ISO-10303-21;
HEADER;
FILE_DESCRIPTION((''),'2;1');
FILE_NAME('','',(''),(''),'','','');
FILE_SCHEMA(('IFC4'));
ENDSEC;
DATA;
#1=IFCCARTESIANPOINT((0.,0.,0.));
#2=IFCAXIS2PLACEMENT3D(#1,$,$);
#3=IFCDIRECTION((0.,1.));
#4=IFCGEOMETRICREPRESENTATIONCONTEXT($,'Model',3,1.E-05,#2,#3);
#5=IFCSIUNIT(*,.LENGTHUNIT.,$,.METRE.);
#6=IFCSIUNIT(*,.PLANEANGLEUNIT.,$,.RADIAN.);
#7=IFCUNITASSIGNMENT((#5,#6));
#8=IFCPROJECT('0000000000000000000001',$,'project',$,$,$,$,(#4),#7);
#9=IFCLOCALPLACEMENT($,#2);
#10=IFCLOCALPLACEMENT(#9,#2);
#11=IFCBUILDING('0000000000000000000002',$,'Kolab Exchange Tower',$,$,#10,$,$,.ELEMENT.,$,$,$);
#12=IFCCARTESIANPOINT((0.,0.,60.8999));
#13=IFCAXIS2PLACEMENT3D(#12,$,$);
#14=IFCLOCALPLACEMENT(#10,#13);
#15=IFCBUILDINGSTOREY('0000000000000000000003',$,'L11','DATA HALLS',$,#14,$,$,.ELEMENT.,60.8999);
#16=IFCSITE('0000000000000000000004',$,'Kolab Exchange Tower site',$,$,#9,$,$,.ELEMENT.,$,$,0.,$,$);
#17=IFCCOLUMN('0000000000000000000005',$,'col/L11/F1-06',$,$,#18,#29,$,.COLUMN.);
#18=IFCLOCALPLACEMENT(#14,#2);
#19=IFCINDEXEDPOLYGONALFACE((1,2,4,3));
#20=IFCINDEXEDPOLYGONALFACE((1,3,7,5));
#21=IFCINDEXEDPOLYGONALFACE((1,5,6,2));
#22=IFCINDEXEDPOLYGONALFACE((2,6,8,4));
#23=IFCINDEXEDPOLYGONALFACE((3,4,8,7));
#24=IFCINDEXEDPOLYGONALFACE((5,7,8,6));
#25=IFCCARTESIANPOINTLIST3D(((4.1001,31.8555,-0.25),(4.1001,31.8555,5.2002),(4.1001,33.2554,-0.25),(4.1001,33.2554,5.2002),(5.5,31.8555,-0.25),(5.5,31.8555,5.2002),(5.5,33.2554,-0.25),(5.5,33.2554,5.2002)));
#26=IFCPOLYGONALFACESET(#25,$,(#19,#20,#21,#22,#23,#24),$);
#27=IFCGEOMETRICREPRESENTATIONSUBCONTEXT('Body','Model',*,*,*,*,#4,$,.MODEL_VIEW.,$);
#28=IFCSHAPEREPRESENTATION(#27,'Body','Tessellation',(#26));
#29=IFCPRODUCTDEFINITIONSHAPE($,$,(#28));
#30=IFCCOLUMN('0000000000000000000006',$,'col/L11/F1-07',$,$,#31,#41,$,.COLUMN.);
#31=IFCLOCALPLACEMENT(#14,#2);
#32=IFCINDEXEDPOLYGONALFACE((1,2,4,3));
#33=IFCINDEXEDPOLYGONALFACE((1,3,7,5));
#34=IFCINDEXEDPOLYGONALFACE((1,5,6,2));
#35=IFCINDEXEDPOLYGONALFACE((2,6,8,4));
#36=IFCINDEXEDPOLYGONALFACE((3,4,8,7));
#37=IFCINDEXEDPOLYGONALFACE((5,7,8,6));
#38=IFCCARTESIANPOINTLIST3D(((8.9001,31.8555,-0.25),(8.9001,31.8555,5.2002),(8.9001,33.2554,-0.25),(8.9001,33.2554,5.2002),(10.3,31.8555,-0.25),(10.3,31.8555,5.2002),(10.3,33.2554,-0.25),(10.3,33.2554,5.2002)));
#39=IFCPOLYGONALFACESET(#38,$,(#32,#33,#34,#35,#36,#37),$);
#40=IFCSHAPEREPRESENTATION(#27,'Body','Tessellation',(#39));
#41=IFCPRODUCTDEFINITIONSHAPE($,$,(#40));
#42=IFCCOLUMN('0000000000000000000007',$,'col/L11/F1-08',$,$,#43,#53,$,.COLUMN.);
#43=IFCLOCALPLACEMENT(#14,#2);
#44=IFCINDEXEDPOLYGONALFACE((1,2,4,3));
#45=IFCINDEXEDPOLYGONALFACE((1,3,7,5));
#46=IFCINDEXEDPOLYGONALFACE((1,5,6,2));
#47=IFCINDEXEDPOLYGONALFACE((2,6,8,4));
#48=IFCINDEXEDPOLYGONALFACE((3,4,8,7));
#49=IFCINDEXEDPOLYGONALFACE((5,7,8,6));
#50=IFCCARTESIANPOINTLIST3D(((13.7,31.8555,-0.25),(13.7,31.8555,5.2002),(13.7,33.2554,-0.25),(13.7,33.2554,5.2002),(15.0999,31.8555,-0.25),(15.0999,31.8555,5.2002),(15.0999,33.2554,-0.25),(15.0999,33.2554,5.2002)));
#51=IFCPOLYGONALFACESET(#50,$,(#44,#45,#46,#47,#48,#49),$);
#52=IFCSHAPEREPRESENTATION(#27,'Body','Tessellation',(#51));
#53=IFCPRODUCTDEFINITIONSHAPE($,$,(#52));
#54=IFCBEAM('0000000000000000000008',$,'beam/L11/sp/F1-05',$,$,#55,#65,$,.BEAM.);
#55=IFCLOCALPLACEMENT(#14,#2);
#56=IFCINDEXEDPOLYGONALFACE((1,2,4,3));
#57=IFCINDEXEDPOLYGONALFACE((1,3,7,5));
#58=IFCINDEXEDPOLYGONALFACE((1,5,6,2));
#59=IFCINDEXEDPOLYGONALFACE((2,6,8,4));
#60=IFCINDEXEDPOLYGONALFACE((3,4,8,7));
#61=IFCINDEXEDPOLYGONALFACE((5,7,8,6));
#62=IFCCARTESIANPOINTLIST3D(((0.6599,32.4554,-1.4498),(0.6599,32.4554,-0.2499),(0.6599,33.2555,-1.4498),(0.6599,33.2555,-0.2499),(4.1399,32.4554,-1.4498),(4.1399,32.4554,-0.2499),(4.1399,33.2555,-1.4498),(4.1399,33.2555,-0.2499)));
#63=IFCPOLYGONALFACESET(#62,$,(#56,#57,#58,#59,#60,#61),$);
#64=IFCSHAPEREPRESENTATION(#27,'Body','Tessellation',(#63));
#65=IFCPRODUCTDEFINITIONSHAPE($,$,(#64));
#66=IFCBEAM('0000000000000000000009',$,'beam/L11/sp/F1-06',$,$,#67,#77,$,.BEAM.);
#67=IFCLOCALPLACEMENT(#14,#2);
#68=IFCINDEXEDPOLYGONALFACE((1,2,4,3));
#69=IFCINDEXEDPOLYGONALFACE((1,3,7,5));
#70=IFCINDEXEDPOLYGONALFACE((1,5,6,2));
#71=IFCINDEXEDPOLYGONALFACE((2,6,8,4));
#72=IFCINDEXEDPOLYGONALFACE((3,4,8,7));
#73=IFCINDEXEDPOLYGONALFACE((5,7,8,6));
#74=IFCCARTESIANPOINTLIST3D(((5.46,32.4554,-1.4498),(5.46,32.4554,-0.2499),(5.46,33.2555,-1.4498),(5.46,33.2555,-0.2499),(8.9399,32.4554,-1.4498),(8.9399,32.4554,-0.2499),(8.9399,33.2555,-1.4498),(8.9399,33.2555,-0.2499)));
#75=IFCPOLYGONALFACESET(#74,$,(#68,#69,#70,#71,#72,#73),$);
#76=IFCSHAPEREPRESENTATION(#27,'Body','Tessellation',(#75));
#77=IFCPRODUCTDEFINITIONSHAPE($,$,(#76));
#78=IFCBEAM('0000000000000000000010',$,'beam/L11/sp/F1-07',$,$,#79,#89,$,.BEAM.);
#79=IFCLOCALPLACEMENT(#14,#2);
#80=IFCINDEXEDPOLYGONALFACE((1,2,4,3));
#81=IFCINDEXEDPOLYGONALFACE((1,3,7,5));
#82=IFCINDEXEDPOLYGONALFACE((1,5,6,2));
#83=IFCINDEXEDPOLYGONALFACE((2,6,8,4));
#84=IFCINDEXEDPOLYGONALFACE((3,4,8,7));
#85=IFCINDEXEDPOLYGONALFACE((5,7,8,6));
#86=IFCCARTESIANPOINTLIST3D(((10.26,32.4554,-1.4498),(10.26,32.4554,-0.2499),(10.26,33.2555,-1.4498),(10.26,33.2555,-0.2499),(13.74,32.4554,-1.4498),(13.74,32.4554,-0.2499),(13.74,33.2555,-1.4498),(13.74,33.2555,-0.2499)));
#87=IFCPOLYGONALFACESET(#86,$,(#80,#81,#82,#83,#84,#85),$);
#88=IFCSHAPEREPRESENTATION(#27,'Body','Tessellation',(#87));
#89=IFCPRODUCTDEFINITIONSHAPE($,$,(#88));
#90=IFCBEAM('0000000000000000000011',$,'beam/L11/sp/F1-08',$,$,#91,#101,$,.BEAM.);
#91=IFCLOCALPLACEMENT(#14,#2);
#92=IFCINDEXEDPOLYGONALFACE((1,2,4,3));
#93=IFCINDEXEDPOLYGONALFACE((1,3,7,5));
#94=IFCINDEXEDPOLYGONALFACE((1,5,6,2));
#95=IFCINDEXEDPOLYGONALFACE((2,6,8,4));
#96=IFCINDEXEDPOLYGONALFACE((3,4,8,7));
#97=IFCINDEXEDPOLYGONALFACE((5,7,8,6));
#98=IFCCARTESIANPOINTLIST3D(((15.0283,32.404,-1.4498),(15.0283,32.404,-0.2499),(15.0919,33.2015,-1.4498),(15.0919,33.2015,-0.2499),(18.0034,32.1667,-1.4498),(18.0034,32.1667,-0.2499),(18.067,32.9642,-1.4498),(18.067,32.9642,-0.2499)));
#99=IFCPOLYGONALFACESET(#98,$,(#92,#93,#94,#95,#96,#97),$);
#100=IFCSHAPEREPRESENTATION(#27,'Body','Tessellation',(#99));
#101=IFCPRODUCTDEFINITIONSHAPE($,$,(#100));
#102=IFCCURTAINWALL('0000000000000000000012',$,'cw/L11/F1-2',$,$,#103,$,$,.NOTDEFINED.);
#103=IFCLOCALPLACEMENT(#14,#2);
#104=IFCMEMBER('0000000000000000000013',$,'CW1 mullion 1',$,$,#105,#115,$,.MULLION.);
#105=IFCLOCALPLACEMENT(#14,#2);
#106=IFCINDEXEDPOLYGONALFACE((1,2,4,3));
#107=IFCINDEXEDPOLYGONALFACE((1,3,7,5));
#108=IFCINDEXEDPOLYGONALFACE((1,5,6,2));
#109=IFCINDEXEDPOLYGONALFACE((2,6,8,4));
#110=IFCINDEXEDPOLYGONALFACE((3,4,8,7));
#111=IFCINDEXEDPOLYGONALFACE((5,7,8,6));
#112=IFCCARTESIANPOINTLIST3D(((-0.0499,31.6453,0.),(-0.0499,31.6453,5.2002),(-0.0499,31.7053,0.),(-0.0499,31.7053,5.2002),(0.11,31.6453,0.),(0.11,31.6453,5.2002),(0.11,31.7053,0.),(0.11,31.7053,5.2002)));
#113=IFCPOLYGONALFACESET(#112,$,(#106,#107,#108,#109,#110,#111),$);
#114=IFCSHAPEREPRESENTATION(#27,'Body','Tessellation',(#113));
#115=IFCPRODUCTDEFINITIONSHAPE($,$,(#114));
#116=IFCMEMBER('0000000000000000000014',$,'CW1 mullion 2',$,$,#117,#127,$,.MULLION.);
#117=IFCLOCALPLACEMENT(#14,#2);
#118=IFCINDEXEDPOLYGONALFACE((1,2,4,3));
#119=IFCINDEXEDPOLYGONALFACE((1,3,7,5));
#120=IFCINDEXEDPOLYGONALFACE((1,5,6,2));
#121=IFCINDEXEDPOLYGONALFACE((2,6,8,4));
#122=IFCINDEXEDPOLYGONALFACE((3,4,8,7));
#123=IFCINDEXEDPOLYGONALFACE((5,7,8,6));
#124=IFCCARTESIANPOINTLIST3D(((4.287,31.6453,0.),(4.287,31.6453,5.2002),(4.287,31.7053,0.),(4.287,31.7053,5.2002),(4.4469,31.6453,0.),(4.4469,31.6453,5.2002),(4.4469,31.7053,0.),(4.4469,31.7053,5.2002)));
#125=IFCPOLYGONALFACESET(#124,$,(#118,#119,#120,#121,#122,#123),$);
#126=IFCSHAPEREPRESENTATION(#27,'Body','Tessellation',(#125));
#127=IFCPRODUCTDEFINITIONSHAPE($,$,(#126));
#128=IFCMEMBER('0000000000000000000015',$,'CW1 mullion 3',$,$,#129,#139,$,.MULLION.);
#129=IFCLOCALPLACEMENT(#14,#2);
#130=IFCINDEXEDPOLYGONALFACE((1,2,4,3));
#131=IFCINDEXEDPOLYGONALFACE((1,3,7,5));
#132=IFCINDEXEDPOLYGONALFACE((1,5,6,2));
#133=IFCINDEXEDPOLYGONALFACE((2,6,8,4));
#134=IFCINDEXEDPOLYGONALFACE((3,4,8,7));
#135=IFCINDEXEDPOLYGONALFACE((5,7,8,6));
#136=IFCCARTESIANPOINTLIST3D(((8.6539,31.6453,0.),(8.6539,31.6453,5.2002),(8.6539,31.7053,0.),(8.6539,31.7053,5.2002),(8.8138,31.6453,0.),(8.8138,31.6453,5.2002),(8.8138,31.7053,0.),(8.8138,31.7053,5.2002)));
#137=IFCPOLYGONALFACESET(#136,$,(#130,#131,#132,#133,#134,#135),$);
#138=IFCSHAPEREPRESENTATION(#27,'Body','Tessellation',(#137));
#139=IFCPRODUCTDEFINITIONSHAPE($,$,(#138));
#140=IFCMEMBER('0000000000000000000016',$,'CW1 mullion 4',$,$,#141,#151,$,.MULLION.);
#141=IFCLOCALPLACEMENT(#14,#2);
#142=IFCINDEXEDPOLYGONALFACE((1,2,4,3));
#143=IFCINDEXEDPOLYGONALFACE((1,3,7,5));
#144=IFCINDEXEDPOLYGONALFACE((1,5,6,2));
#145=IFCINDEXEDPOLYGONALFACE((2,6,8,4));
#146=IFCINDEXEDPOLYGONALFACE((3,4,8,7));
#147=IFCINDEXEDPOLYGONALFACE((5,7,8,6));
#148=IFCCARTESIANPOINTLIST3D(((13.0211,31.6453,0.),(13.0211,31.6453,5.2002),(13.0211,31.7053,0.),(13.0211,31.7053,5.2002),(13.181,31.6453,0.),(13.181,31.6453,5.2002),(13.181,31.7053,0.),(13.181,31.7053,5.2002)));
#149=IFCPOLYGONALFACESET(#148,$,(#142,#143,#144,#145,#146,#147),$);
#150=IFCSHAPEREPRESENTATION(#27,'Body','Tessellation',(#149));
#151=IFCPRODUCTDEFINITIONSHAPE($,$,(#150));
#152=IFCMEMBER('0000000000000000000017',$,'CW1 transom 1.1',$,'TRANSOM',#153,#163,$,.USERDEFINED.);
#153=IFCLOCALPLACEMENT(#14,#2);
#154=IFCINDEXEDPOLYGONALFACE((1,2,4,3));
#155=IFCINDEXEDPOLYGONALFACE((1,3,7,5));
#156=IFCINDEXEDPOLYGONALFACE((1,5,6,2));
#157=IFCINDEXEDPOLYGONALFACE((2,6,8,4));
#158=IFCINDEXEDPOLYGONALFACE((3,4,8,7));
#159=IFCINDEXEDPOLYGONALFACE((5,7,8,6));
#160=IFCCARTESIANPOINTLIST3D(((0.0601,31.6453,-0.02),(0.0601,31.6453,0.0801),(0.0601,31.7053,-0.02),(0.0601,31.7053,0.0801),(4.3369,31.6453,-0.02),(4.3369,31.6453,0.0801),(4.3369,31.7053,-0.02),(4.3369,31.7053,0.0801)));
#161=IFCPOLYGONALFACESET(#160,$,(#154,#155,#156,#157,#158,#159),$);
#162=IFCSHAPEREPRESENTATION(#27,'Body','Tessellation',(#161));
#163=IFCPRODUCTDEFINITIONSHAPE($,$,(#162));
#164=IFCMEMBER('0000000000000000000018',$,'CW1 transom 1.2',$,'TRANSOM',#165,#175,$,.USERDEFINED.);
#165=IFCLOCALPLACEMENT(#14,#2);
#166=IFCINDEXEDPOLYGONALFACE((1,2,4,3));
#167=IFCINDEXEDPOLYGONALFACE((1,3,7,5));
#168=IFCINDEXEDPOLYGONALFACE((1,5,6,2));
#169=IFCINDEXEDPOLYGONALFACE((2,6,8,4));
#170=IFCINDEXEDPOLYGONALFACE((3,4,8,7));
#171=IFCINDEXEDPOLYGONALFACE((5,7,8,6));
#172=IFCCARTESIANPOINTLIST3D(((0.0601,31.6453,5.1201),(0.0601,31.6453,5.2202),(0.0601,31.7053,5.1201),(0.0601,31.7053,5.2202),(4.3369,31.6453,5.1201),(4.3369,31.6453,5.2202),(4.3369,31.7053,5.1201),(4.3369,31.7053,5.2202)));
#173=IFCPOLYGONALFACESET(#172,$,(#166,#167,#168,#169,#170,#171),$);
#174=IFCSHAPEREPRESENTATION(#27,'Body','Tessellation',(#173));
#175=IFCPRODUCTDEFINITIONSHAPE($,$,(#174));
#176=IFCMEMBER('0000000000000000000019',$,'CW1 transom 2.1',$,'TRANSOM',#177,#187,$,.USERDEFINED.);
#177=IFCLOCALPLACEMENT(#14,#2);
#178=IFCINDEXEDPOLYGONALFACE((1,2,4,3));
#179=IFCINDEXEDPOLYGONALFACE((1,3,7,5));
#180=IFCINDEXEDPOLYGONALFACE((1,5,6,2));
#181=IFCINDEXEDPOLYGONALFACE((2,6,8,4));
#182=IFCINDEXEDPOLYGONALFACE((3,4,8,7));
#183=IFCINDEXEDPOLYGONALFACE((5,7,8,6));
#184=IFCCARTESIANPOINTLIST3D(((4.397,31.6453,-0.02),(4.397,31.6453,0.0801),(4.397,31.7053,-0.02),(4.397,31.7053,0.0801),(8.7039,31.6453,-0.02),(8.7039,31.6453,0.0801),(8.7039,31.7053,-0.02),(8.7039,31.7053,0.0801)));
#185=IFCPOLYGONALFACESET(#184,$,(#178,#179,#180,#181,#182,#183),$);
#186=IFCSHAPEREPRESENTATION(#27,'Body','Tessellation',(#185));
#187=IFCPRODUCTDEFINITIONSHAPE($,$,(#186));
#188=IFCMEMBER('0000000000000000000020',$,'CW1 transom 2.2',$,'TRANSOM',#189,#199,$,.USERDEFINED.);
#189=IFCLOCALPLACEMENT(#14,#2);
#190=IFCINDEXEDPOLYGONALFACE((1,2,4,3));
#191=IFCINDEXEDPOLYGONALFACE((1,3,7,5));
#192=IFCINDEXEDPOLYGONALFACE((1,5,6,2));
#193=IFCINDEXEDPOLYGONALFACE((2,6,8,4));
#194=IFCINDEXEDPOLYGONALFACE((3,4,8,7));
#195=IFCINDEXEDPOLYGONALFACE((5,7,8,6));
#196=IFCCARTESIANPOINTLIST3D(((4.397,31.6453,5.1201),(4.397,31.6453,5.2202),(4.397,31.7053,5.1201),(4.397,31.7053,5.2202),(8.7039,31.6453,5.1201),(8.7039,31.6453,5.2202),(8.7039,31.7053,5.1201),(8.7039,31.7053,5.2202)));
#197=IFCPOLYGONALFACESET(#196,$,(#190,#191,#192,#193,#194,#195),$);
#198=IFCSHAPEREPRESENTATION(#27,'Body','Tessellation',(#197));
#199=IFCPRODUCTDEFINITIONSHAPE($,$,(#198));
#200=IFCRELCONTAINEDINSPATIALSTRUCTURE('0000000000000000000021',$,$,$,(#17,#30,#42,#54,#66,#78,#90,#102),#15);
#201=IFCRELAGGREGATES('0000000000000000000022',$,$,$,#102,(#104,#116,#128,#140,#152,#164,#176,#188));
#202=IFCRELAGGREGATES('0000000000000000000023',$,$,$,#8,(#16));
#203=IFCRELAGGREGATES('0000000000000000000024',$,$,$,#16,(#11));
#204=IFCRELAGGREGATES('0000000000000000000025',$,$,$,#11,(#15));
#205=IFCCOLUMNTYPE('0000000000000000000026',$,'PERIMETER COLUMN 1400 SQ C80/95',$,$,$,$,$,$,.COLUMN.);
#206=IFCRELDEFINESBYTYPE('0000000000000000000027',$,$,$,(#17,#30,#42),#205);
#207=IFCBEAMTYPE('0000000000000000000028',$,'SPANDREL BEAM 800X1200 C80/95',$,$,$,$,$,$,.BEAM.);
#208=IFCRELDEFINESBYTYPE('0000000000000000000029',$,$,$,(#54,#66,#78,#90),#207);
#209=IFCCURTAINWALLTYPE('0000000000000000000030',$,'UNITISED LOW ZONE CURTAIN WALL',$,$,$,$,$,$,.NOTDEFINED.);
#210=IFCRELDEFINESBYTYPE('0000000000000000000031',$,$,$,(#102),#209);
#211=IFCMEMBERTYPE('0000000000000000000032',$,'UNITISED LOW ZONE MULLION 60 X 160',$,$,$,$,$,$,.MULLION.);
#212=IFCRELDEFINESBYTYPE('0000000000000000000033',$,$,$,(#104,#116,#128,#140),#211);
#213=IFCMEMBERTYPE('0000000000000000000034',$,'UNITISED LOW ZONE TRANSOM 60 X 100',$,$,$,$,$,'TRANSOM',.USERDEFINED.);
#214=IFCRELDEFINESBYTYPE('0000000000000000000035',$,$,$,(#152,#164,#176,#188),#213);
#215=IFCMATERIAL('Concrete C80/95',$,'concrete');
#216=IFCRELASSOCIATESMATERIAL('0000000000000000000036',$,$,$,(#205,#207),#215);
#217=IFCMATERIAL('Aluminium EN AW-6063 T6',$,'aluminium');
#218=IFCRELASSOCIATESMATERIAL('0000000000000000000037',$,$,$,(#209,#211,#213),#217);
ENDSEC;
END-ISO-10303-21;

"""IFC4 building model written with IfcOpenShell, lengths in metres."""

from ifc_helpers import new_model, si_unit, direction, frame, origin, origin_2d, place, context, subcontext, project, spatial, rectangle, extrude, material, material_profile, profile_set, type_object, element, aggregate, save


model = new_model("IFC4")

# Units and contexts
model_context = context("Model", 3, precision=1e-05, world=origin(), true_north=direction((0.0, 1.0)))
body_context = subcontext(model_context, "Body", "Model", "MODEL_VIEW")
ifc_project = project(units=[si_unit("LENGTHUNIT", "METRE"), si_unit("PLANEANGLEUNIT", "RADIAN")], contexts=[model_context])

# Site, building, storey
site_placement = place(None, origin())
site = spatial("IfcSite", under=ifc_project, at=site_placement, Name="Kolab Exchange Tower site", CompositionType="ELEMENT", RefElevation=0.0)
building_placement = place(site_placement, origin())
building = spatial("IfcBuilding", under=site, at=building_placement, Name="Kolab Exchange Tower", CompositionType="ELEMENT")
storey_placement = place(building_placement, frame((0.0, 0.0, 60.8999)))
storey = spatial("IfcBuildingStorey", under=building, at=storey_placement, Name="L11", Description="DATA HALLS", CompositionType="ELEMENT", Elevation=60.8999)

# Columns
ifc_material_1 = material(Name="Concrete C80/95", Category="concrete")
ifc_material_profile_1 = material_profile(ifc_material_1, rectangle(XDim=1.3999, YDim=1.3999, at=origin_2d()), Name="RC1400")
ifc_profile_set_1 = profile_set([ifc_material_profile_1], Name="Concrete C80/95")
column_type = type_object("IfcColumnType", Name="PERIMETER COLUMN 1400 SQ C80/95", PredefinedType="COLUMN", material=ifc_profile_set_1)
for number, where, z_axis, x_axis, name in (
    (1, (4.8, 32.5554, -0.25), (0.0, 0.0, 1.0), (1.0, 0.0, 0.0), "col/L11/F1-06"),
    (2, (9.6001, 32.5554, -0.25), (0.0, 0.0, 1.0), (1.0, 0.0, 0.0), "col/L11/F1-07"),
    (3, (14.3999, 32.5554, -0.25), (0.0, 0.0, 1.0), (1.0, 0.0, 0.0), "col/L11/F1-08"),
):
    element("IfcColumn", number, at=place(storey_placement, frame(where, z_axis=z_axis, x_axis=x_axis)), inside=storey, type_object=column_type, Name=name, PredefinedType="COLUMN", context=body_context, shape_type="SweptSolid", body=[
        extrude(rectangle(XDim=1.3999, YDim=1.3999, at=origin_2d()), origin(), (0.0, 0.0, 1.0), 5.4502),
    ])

# Beams
ifc_material_profile_2 = material_profile(ifc_material_1, rectangle(XDim=0.8, YDim=1.2, at=origin_2d()), Name="RC800X1200")
ifc_profile_set_2 = profile_set([ifc_material_profile_2], Name="Concrete C80/95")
beam_type = type_object("IfcBeamType", Name="SPANDREL BEAM 800X1200 C80/95", PredefinedType="BEAM", material=ifc_profile_set_2)
for number, where, z_axis, x_axis, name in (
    (4, (0.6599, 32.8555, -0.8499), (1.0, 0.0, 0.0), (0.0, 1.0, 0.0), "beam/L11/sp/F1-05"),
    (5, (5.46, 32.8555, -0.8499), (1.0, 0.0, 0.0), (0.0, 1.0, 0.0), "beam/L11/sp/F1-06"),
    (6, (10.26, 32.8555, -0.8499), (1.0, 0.0, 0.0), (0.0, 1.0, 0.0), "beam/L11/sp/F1-07"),
):
    element("IfcBeam", number, at=place(storey_placement, frame(where, z_axis=z_axis, x_axis=x_axis)), inside=storey, type_object=beam_type, Name=name, PredefinedType="BEAM", context=body_context, shape_type="SweptSolid", body=[
        extrude(rectangle(XDim=0.8, YDim=1.2, at=origin_2d()), origin(), (0.0, 0.0, 1.0), 3.48),
    ])
beam_placement = place(storey_placement, frame((15.0601, 32.8027, -0.8499), z_axis=(0.996834, -0.079511, 0.0), x_axis=(0.079511, 0.996834, 0.0)))
element("IfcBeam", 7, at=beam_placement, inside=storey, type_object=beam_type, Name="beam/L11/sp/F1-08", PredefinedType="BEAM", context=body_context, shape_type="SweptSolid", body=[
    extrude(rectangle(XDim=0.8, YDim=1.2, at=origin_2d()), origin(), (0.0, 0.0, 1.0), 2.9846),
])

# Curtain wall, members
ifc_material_2 = material(Name="Aluminium EN AW-6063 T6", Category="aluminium")
curtain_wall_type = type_object("IfcCurtainWallType", Name="UNITISED LOW ZONE CURTAIN WALL", PredefinedType="NOTDEFINED", material=ifc_material_2)
curtain_wall_placement = place(storey_placement, origin())
curtain_wall = element("IfcCurtainWall", 8, at=curtain_wall_placement, inside=storey, type_object=curtain_wall_type, Name="cw/L11/F1-2", PredefinedType="NOTDEFINED")
ifc_material_profile_3 = material_profile(ifc_material_2, rectangle(XDim=0.0601, YDim=0.1599, at=origin_2d()), Name="RECT 60X160")
ifc_profile_set_3 = profile_set([ifc_material_profile_3], Name="Aluminium EN AW-6063 T6")
member_type_1 = type_object("IfcMemberType", Name="UNITISED LOW ZONE MULLION 60 X 160", PredefinedType="MULLION", material=ifc_profile_set_3)
member_1_placement = place(storey_placement, frame((0.03, 31.6753, 0.0), z_axis=(0.0, 0.0, 1.0), x_axis=(0.0, 1.0, 0.0)))
member_1 = element("IfcMember", 9, at=member_1_placement, type_object=member_type_1, Name="CW1 mullion 1", PredefinedType="MULLION", context=body_context, shape_type="SweptSolid", body=[
    extrude(rectangle(XDim=0.0601, YDim=0.1599, at=origin_2d()), origin(), (0.0, 0.0, 1.0), 5.2002),
])
member_2_placement = place(storey_placement, frame((4.3669, 31.6753, 0.0), z_axis=(0.0, 0.0, 1.0), x_axis=(0.0, 1.0, 0.0)))
member_2 = element("IfcMember", 10, at=member_2_placement, type_object=member_type_1, Name="CW1 mullion 2", PredefinedType="MULLION", context=body_context, shape_type="SweptSolid", body=[
    extrude(rectangle(XDim=0.0601, YDim=0.1599, at=origin_2d()), origin(), (0.0, 0.0, 1.0), 5.2002),
])
member_3_placement = place(storey_placement, frame((8.7339, 31.6753, 0.0), z_axis=(0.0, 0.0, 1.0), x_axis=(0.0, 1.0, 0.0)))
member_3 = element("IfcMember", 11, at=member_3_placement, type_object=member_type_1, Name="CW1 mullion 3", PredefinedType="MULLION", context=body_context, shape_type="SweptSolid", body=[
    extrude(rectangle(XDim=0.0601, YDim=0.1599, at=origin_2d()), origin(), (0.0, 0.0, 1.0), 5.2002),
])
member_4_placement = place(storey_placement, frame((13.1011, 31.6753, 0.0), z_axis=(0.0, 0.0, 1.0), x_axis=(0.0, 1.0, 0.0)))
member_4 = element("IfcMember", 12, at=member_4_placement, type_object=member_type_1, Name="CW1 mullion 4", PredefinedType="MULLION", context=body_context, shape_type="SweptSolid", body=[
    extrude(rectangle(XDim=0.0601, YDim=0.1599, at=origin_2d()), origin(), (0.0, 0.0, 1.0), 5.2002),
])
ifc_material_profile_4 = material_profile(ifc_material_2, rectangle(XDim=0.0601, YDim=0.1001, at=origin_2d()), Name="RECT 60X100")
ifc_profile_set_4 = profile_set([ifc_material_profile_4], Name="Aluminium EN AW-6063 T6")
member_type_2 = type_object("IfcMemberType", Name="UNITISED LOW ZONE TRANSOM 60 X 100", ElementType="TRANSOM", PredefinedType="USERDEFINED", material=ifc_profile_set_4)
member_5_placement = place(storey_placement, frame((0.0601, 31.6753, 0.03), z_axis=(1.0, 0.0, 0.0), x_axis=(0.0, 1.0, 0.0)))
member_5 = element("IfcMember", 13, at=member_5_placement, type_object=member_type_2, Name="CW1 transom 1.1", ObjectType="TRANSOM", PredefinedType="USERDEFINED", context=body_context, shape_type="SweptSolid", body=[
    extrude(rectangle(XDim=0.0601, YDim=0.1001, at=origin_2d()), origin(), (0.0, 0.0, 1.0), 4.2769),
])
member_6_placement = place(storey_placement, frame((0.0601, 31.6753, 5.1702), z_axis=(1.0, 0.0, 0.0), x_axis=(0.0, 1.0, 0.0)))
member_6 = element("IfcMember", 14, at=member_6_placement, type_object=member_type_2, Name="CW1 transom 1.2", ObjectType="TRANSOM", PredefinedType="USERDEFINED", context=body_context, shape_type="SweptSolid", body=[
    extrude(rectangle(XDim=0.0601, YDim=0.1001, at=origin_2d()), origin(), (0.0, 0.0, 1.0), 4.2769),
])
member_7_placement = place(storey_placement, frame((4.397, 31.6753, 0.03), z_axis=(1.0, 0.0, 0.0), x_axis=(0.0, 1.0, 0.0)))
member_7 = element("IfcMember", 15, at=member_7_placement, type_object=member_type_2, Name="CW1 transom 2.1", ObjectType="TRANSOM", PredefinedType="USERDEFINED", context=body_context, shape_type="SweptSolid", body=[
    extrude(rectangle(XDim=0.0601, YDim=0.1001, at=origin_2d()), origin(), (0.0, 0.0, 1.0), 4.3069),
])
member_8_placement = place(storey_placement, frame((4.397, 31.6753, 5.1702), z_axis=(1.0, 0.0, 0.0), x_axis=(0.0, 1.0, 0.0)))
member_8 = element("IfcMember", 16, at=member_8_placement, type_object=member_type_2, Name="CW1 transom 2.2", ObjectType="TRANSOM", PredefinedType="USERDEFINED", context=body_context, shape_type="SweptSolid", body=[
    extrude(rectangle(XDim=0.0601, YDim=0.1001, at=origin_2d()), origin(), (0.0, 0.0, 1.0), 4.3069),
])
aggregate(curtain_wall, [member_1, member_2, member_3, member_4, member_5, member_6, member_7, member_8])

save(model, "model.ifc")
